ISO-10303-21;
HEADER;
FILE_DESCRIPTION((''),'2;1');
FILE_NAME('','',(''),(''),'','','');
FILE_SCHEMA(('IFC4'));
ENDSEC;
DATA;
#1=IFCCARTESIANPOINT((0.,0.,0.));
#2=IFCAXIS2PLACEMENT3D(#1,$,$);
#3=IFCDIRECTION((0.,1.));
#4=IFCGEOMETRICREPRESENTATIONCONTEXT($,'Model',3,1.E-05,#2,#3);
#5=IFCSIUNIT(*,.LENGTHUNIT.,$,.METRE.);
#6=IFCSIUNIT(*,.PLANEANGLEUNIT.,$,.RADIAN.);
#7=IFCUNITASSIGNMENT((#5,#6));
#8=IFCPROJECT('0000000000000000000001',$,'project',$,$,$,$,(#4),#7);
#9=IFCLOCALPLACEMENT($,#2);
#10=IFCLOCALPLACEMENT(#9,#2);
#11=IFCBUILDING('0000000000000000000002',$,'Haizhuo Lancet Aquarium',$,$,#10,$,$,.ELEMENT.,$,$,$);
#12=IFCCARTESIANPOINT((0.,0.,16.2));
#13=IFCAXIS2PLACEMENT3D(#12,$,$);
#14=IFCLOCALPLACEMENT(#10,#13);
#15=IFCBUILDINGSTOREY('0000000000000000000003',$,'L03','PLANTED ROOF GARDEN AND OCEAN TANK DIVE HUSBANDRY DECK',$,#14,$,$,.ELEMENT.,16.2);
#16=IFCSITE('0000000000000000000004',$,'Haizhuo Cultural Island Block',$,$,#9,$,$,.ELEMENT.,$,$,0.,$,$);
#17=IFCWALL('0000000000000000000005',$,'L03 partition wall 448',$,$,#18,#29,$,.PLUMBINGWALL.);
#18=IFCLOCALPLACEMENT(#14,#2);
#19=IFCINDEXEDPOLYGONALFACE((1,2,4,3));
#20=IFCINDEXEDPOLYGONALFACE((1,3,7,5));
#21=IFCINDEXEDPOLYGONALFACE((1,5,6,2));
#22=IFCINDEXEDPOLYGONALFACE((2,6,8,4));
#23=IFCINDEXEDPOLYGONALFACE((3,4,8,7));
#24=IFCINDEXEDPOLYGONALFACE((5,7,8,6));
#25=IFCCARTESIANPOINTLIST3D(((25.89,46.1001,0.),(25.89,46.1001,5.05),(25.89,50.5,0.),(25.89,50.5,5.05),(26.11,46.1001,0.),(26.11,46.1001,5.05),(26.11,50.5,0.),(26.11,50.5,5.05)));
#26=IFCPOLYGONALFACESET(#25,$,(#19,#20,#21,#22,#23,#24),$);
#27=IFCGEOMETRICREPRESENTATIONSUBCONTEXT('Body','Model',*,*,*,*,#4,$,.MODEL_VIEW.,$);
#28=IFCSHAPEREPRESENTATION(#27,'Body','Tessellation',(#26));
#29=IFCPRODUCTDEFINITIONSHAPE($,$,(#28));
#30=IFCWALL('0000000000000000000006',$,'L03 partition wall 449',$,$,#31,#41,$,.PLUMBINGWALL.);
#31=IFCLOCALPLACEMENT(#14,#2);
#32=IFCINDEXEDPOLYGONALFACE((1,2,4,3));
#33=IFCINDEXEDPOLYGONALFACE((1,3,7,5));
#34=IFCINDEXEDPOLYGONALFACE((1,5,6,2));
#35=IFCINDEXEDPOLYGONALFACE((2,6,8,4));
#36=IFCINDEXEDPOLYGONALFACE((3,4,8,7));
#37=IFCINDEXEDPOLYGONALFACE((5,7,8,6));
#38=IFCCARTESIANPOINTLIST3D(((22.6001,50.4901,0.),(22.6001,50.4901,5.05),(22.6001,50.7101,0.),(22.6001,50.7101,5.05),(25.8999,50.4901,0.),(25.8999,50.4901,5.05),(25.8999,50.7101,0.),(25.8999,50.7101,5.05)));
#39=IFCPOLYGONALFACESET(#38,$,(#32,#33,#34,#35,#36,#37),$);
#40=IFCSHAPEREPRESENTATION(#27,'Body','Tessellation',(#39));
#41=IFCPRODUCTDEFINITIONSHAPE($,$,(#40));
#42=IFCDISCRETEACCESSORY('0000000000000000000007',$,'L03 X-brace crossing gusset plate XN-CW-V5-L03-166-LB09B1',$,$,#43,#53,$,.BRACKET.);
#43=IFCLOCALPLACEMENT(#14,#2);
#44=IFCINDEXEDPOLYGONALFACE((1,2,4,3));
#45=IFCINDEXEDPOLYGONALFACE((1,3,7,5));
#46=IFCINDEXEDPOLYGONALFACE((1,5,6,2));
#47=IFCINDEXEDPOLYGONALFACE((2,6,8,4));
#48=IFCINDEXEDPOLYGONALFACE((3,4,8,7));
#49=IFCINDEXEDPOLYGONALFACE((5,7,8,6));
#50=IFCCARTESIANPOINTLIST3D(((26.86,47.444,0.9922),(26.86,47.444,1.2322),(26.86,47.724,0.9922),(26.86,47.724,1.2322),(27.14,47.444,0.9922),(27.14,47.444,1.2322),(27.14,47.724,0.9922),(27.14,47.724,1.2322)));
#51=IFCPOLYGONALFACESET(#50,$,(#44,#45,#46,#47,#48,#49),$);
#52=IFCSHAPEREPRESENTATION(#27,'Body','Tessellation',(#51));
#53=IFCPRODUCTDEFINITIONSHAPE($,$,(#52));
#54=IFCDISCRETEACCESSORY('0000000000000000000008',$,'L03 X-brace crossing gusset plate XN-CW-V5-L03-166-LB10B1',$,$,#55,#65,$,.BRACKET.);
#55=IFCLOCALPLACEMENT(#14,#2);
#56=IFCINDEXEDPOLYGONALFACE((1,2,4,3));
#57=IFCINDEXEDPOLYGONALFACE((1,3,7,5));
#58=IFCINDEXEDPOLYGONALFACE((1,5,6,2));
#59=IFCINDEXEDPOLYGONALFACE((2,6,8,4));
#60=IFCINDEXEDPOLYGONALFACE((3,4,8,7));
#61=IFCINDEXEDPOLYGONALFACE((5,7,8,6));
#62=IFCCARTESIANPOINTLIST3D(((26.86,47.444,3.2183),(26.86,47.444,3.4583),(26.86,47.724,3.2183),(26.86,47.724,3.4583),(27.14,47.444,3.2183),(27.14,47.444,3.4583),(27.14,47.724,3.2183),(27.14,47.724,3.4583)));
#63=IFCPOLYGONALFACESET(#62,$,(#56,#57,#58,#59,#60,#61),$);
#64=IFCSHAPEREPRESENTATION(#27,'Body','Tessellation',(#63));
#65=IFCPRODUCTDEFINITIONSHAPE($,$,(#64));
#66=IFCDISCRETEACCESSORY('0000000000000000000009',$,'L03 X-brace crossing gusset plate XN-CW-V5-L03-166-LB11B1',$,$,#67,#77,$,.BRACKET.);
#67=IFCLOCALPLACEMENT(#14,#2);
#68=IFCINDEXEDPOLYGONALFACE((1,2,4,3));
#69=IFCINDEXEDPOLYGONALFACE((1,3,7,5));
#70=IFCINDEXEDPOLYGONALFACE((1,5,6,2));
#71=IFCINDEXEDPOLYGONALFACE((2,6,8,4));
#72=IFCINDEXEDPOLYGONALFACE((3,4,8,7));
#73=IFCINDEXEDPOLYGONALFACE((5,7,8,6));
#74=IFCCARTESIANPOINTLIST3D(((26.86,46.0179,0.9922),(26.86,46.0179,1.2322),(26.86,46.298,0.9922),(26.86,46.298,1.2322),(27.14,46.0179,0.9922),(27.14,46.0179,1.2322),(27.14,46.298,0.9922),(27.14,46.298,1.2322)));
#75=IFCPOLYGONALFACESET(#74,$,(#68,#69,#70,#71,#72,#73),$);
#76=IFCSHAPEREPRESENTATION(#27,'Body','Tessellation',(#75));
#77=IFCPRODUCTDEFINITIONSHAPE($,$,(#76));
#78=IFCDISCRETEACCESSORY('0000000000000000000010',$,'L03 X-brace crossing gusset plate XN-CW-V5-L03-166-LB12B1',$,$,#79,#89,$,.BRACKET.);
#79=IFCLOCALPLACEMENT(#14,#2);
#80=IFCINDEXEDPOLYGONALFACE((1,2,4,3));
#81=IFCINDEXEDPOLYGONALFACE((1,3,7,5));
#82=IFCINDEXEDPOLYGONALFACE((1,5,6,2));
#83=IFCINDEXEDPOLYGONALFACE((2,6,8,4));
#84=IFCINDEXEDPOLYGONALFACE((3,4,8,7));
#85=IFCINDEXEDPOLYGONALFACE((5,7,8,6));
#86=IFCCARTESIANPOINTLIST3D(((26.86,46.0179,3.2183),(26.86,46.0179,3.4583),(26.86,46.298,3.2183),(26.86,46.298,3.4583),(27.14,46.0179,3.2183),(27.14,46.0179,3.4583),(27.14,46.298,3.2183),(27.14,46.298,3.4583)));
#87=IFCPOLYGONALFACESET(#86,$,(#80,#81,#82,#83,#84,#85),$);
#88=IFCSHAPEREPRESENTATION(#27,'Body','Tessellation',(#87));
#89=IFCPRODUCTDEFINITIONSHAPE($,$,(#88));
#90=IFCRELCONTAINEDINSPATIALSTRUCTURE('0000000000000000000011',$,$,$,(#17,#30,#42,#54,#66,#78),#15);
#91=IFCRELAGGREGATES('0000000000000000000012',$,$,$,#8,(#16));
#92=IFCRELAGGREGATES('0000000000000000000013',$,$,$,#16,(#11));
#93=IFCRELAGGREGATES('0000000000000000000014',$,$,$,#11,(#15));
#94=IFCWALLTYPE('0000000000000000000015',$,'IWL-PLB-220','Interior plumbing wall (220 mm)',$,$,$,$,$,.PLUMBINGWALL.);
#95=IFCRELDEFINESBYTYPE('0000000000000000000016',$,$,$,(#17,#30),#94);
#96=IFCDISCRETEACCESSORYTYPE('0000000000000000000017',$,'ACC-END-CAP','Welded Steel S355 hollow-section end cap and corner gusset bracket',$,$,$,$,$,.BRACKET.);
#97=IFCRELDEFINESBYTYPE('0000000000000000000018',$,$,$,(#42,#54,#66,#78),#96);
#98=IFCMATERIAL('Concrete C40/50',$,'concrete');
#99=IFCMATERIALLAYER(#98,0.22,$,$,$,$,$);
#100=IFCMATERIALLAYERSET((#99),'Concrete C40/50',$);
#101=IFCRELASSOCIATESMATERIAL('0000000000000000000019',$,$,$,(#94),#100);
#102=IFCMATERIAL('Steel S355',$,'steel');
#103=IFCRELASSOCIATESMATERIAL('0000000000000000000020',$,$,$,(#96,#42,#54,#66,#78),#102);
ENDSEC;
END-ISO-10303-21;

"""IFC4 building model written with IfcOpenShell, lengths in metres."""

from ifc_helpers import new_model, si_unit, direction, frame, frame_2d, origin, origin_2d, place, context, subcontext, project, spatial, rectangle, extrude, material, layer, layer_set, type_object, element, save


model = new_model("IFC4")

# Units and contexts
model_context = context("Model", 3, precision=1e-05, world=origin(), true_north=direction((0.0, 1.0)))
body_context = subcontext(model_context, "Body", "Model", "MODEL_VIEW")
ifc_project = project(units=[si_unit("LENGTHUNIT", "METRE"), si_unit("PLANEANGLEUNIT", "RADIAN")], contexts=[model_context])

# Site, building, storey
site_placement = place(None, origin())
site = spatial("IfcSite", under=ifc_project, at=site_placement, Name="Haizhuo Cultural Island Block", CompositionType="ELEMENT", RefElevation=0.0)
building_placement = place(site_placement, origin())
building = spatial("IfcBuilding", under=site, at=building_placement, Name="Haizhuo Lancet Aquarium", CompositionType="ELEMENT")
storey_placement = place(building_placement, frame((0.0, 0.0, 16.2)))
storey = spatial("IfcBuildingStorey", under=building, at=storey_placement, Name="L03", Description="PLANTED ROOF GARDEN AND OCEAN TANK DIVE HUSBANDRY DECK", CompositionType="ELEMENT", Elevation=16.2)

# Shared definitions
ifc_material_1 = material(Name="Steel S355", Category="steel")

# Shared definitions
ifc_material_2 = material(Name="Concrete C40/50", Category="concrete")
ifc_layer_1 = layer(ifc_material_2, 0.22)
ifc_layer_set_1 = layer_set([ifc_layer_1], Name="Concrete C40/50")
wall_type = type_object("IfcWallType", Name="IWL-PLB-220", Description="Interior plumbing wall (220 mm)", PredefinedType="PLUMBINGWALL", material=ifc_layer_set_1)

# Walls
wall_1_placement = place(storey_placement, frame((26.0, 46.1001, 0.0), z_axis=(0.0, 0.0, 1.0), x_axis=(0.0, 1.0, 0.0)))
element("IfcWall", 1, at=wall_1_placement, inside=storey, type_object=wall_type, Name="L03 partition wall 448", PredefinedType="PLUMBINGWALL", context=body_context, shape_type="SweptSolid", body=[
    extrude(rectangle(XDim=4.3999, YDim=0.22, at=frame_2d((2.2, 0.0))), origin(), (0.0, 0.0, 1.0), 5.05),
])
wall_2_placement = place(storey_placement, frame((25.8999, 50.6001, 0.0), z_axis=(0.0, 0.0, 1.0), x_axis=(-1.0, 0.0, 0.0)))
element("IfcWall", 2, at=wall_2_placement, inside=storey, type_object=wall_type, Name="L03 partition wall 449", PredefinedType="PLUMBINGWALL", context=body_context, shape_type="SweptSolid", body=[
    extrude(rectangle(XDim=3.2998, YDim=0.22, at=frame_2d((1.6499, 0.0))), origin(), (0.0, 0.0, 1.0), 5.05),
])

# Discrete accessories
discrete_accessory_type = type_object("IfcDiscreteAccessoryType", Name="ACC-END-CAP", Description="Welded Steel S355 hollow-section end cap and corner gusset bracket", PredefinedType="BRACKET", material=ifc_material_1)
for number, where, z_axis, x_axis, name in (
    (3, (27.0, 47.584, 0.9922), (0.0, 0.0, 1.0), (1.0, 0.0, 0.0), "L03 X-brace crossing gusset plate XN-CW-V5-L03-166-LB09B1"),
    (4, (27.0, 47.584, 3.2183), (0.0, 0.0, 1.0), (1.0, 0.0, 0.0), "L03 X-brace crossing gusset plate XN-CW-V5-L03-166-LB10B1"),
    (5, (27.0, 46.158, 0.9922), (0.0, 0.0, 1.0), (1.0, 0.0, 0.0), "L03 X-brace crossing gusset plate XN-CW-V5-L03-166-LB11B1"),
    (6, (27.0, 46.158, 3.2183), (0.0, 0.0, 1.0), (1.0, 0.0, 0.0), "L03 X-brace crossing gusset plate XN-CW-V5-L03-166-LB12B1"),
):
    element("IfcDiscreteAccessory", number, at=place(storey_placement, frame(where, z_axis=z_axis, x_axis=x_axis)), inside=storey, type_object=discrete_accessory_type, material=ifc_material_1, Name=name, PredefinedType="BRACKET", context=body_context, shape_type="SweptSolid", body=[
        extrude(rectangle(XDim=0.28, YDim=0.28, at=origin_2d()), origin(), (0.0, 0.0, 1.0), 0.24),
    ])

save(model, "model.ifc")
